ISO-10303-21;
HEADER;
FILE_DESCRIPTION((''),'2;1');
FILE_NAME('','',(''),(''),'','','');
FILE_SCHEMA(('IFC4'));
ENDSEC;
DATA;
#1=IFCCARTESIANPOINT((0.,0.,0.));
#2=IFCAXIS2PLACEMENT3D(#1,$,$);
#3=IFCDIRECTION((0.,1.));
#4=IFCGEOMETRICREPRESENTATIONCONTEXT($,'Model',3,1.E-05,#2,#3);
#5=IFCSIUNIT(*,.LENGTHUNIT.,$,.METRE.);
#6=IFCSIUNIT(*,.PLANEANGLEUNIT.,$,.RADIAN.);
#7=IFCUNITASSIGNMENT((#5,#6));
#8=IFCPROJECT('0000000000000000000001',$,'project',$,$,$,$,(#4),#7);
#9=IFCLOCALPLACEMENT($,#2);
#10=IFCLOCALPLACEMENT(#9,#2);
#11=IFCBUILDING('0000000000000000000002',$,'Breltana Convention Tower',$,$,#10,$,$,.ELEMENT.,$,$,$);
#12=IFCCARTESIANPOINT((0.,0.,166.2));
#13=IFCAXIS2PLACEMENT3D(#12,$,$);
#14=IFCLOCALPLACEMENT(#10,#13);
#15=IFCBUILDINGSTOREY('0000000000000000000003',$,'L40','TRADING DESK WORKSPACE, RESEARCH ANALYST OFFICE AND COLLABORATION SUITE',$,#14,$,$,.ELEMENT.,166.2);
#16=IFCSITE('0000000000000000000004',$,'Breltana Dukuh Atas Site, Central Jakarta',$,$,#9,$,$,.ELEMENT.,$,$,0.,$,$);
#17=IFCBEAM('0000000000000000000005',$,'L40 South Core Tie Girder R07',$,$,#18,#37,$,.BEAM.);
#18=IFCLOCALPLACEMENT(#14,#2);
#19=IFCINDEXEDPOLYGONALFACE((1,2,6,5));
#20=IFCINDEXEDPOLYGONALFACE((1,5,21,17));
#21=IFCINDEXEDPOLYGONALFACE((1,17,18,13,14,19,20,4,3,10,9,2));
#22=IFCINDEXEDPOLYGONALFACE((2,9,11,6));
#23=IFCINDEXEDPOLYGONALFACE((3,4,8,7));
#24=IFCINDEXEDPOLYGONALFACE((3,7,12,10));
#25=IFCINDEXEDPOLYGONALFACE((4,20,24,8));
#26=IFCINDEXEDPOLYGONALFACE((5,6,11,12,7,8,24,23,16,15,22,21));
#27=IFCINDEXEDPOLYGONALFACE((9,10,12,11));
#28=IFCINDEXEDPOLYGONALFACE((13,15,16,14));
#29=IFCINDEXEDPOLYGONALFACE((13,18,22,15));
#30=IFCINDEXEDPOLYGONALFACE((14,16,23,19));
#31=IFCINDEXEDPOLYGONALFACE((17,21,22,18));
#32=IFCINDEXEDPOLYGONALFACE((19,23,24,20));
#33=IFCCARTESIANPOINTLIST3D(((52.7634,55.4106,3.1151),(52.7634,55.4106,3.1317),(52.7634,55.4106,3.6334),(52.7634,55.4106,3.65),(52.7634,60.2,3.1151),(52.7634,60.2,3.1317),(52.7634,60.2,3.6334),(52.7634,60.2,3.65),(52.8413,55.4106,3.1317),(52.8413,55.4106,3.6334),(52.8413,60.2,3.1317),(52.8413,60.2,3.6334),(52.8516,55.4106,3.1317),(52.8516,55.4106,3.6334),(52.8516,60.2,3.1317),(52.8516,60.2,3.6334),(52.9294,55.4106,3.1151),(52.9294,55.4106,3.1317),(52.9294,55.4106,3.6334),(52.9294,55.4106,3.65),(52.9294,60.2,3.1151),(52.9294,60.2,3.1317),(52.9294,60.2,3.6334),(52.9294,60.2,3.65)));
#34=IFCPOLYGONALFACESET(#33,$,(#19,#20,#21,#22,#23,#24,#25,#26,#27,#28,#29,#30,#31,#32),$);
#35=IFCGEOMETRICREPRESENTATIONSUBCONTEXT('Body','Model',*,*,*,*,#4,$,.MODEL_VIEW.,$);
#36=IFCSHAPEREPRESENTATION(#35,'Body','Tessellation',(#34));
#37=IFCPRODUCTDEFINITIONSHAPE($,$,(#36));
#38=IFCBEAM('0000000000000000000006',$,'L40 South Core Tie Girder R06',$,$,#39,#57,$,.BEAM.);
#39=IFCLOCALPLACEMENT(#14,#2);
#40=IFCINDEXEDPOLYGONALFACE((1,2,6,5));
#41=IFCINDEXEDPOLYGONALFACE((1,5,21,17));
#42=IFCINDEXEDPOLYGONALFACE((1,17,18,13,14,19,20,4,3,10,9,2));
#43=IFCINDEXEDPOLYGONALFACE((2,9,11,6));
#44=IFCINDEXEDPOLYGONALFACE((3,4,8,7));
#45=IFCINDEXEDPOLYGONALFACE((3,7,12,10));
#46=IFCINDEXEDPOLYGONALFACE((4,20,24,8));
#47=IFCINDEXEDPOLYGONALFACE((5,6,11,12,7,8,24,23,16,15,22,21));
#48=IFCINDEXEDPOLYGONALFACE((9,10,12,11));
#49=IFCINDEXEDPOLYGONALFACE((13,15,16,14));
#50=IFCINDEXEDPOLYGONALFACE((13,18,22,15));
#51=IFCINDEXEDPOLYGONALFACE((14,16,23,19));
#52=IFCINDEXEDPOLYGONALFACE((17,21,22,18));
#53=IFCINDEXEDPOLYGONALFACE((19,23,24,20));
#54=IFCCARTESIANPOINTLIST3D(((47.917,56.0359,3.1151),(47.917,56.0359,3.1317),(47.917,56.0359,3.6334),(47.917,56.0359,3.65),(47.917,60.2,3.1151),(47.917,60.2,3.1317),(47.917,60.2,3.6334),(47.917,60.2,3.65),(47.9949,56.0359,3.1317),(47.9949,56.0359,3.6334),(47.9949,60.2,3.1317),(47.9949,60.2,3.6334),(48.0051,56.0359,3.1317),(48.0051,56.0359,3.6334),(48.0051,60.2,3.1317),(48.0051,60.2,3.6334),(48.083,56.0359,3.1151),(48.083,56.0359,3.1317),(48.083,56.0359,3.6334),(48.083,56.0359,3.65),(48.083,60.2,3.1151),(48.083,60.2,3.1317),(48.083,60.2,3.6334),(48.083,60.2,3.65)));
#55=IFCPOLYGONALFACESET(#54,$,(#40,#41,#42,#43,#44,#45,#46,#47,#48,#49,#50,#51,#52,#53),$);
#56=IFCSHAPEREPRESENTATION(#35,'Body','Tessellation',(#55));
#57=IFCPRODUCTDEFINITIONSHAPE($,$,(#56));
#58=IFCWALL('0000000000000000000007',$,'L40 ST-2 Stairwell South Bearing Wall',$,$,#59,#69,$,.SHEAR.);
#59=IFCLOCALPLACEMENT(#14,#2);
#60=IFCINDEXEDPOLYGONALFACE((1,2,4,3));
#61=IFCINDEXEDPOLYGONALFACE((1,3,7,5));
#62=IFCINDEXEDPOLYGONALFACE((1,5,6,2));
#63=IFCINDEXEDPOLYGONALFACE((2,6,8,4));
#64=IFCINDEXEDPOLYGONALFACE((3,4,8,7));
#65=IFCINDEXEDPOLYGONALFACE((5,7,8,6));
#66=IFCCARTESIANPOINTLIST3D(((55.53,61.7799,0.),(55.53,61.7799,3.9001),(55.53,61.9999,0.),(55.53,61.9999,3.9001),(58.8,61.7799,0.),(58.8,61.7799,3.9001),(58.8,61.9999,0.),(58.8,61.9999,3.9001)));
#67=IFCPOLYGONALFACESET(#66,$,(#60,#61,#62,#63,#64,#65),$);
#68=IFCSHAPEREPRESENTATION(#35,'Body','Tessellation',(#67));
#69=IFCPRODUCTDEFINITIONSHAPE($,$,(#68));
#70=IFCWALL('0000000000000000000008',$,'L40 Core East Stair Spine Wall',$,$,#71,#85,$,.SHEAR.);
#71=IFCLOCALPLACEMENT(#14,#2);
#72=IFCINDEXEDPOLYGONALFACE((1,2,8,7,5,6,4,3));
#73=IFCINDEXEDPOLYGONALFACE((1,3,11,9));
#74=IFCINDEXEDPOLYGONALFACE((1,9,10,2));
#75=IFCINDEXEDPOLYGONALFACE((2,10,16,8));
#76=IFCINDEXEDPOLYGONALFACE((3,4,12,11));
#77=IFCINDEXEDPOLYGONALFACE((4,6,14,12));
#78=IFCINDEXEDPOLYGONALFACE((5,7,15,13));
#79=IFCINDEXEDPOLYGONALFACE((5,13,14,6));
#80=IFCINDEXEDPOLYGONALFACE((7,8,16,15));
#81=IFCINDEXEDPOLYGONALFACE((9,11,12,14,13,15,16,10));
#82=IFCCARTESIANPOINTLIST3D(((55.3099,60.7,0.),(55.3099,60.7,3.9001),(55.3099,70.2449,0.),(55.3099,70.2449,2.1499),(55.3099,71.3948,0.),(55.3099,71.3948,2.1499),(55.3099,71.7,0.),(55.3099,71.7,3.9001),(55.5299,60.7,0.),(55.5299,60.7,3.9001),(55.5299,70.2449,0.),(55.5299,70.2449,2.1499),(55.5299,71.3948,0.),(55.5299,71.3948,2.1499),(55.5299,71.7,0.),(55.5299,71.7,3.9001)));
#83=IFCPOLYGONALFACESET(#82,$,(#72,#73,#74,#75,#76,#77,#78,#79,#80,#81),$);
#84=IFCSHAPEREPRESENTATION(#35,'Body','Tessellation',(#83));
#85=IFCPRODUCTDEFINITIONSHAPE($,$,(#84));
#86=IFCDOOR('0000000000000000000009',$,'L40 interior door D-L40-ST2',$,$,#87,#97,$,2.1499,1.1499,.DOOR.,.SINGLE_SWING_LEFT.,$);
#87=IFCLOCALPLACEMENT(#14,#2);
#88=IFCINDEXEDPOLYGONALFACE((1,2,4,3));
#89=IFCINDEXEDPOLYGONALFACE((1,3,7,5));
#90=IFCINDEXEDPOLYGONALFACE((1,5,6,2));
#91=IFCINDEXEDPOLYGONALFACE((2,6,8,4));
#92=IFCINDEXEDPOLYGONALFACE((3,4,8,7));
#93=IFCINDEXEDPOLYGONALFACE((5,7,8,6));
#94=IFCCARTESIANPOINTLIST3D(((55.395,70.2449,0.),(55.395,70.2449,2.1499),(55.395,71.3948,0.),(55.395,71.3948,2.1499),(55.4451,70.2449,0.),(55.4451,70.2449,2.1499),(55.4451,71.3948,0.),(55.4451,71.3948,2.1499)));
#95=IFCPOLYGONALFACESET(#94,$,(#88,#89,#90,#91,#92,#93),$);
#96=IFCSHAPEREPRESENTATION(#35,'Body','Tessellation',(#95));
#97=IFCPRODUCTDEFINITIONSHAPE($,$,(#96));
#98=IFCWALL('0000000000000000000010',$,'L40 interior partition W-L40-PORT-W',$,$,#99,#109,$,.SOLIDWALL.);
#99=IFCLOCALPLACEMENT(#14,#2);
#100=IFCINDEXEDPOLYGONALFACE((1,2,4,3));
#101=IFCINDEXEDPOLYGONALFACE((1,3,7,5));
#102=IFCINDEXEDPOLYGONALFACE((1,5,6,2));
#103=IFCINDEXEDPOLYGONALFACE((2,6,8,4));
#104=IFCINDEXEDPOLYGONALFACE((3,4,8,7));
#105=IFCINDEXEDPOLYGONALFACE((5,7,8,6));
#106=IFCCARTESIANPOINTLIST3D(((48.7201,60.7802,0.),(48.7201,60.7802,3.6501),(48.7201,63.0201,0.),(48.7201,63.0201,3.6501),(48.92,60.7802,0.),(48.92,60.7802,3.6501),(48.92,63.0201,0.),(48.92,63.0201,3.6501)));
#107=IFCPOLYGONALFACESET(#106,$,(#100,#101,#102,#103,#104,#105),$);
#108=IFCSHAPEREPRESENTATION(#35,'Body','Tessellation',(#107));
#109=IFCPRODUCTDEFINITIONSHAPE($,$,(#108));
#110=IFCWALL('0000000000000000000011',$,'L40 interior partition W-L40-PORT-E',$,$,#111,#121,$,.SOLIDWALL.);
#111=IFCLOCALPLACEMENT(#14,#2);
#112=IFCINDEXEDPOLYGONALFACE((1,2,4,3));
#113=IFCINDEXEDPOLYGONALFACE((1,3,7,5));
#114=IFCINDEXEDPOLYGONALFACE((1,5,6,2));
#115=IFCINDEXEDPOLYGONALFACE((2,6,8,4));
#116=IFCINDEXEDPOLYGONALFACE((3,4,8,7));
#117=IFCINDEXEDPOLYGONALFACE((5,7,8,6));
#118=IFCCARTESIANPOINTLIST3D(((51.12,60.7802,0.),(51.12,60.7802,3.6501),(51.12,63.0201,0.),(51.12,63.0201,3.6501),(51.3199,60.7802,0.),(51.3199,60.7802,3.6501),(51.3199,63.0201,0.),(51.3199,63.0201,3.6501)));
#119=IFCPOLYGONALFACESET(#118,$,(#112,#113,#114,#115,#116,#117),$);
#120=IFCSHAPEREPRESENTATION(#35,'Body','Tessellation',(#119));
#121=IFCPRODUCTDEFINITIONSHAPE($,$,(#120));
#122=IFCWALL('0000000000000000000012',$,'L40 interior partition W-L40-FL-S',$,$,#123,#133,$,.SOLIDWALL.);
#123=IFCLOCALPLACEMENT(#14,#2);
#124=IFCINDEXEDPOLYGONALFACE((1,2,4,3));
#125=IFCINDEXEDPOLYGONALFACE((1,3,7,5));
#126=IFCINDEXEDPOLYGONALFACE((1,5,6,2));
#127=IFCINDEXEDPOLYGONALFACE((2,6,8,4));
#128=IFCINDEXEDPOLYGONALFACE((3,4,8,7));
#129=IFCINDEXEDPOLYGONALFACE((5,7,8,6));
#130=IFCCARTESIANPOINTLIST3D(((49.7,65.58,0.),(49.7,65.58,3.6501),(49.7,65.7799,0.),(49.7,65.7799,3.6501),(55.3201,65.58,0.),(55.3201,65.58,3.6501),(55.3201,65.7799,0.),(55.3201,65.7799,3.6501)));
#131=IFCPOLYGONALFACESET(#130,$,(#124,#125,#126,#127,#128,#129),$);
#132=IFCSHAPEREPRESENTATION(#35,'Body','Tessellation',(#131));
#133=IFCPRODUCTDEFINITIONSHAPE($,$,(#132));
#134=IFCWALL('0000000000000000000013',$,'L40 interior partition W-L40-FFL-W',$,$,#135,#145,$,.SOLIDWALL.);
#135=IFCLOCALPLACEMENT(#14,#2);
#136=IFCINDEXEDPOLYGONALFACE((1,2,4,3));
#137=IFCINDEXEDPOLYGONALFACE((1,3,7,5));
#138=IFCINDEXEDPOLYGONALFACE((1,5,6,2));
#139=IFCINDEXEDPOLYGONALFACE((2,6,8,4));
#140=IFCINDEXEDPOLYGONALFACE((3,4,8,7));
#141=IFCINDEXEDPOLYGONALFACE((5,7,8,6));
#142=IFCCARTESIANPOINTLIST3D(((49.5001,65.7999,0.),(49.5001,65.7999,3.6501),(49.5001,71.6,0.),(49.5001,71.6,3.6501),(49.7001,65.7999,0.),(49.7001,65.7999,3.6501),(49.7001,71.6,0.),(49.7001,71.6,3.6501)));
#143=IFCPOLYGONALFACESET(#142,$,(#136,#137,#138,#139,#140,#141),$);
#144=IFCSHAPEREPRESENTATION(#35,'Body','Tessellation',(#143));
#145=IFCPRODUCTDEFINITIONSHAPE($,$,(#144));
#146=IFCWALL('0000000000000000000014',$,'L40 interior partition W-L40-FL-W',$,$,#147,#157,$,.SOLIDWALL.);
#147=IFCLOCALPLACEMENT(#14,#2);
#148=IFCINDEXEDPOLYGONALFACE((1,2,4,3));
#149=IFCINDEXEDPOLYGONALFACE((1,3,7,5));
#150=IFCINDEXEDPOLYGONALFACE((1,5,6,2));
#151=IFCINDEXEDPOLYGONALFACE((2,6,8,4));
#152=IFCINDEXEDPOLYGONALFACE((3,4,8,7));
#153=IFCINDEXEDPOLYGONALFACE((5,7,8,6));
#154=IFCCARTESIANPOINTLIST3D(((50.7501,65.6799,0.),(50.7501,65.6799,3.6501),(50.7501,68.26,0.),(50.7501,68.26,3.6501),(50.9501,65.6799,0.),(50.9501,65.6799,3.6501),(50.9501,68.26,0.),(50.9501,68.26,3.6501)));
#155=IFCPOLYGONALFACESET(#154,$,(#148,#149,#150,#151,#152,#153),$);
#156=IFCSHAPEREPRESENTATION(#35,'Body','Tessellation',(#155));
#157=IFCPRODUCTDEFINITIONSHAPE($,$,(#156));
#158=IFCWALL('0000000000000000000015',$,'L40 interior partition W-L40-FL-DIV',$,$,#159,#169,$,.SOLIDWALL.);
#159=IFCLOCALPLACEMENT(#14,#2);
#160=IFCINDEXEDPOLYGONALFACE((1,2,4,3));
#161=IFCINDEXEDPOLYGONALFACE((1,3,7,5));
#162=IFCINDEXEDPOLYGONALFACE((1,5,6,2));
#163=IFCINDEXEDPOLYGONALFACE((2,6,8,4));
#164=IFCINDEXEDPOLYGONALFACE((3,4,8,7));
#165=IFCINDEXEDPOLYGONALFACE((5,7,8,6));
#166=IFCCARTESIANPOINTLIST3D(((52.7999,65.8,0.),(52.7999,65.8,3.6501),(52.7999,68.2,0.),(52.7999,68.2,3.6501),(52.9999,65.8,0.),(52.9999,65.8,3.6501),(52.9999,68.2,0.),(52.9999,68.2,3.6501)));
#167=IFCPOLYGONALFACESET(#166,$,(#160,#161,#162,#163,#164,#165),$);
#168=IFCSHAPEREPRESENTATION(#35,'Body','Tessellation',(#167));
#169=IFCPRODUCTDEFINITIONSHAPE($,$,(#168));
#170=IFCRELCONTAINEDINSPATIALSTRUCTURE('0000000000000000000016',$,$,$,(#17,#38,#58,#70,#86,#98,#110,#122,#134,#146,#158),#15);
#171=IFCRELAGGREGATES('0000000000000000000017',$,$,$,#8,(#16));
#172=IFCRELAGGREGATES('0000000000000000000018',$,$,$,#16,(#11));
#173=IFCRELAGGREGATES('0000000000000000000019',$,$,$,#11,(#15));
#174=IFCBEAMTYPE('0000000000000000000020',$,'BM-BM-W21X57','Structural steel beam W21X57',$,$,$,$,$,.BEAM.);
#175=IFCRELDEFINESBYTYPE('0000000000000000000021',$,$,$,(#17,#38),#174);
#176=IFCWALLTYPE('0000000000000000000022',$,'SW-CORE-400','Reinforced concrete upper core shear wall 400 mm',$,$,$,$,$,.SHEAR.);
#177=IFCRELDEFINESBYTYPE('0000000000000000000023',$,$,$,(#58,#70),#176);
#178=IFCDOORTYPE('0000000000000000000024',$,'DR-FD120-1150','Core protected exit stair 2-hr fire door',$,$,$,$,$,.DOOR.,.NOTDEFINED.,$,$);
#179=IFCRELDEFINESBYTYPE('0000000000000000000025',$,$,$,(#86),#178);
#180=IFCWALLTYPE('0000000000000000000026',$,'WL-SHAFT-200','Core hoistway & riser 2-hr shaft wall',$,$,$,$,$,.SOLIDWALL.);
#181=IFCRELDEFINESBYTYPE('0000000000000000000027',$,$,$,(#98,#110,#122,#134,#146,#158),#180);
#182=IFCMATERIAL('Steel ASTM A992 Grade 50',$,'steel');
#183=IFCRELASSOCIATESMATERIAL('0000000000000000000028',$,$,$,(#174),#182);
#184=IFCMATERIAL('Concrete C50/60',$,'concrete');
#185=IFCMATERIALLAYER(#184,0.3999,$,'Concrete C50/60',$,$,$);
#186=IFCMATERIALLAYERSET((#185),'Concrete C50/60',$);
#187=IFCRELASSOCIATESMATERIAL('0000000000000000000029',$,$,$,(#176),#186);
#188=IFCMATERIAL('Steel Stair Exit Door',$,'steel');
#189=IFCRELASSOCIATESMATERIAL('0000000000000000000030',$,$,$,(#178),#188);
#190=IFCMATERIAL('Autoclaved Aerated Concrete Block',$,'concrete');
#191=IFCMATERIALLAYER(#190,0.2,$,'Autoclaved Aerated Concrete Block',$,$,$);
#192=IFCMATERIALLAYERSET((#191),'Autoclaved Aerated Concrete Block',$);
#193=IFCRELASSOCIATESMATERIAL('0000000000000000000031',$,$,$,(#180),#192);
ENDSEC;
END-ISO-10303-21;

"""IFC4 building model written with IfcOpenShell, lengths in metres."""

from ifc_helpers import new_model, si_unit, direction, frame, frame_2d, origin, origin_2d, place, context, subcontext, project, spatial, rectangle, i_section, extrude, source, transform, mapped, material, layer, layer_set, material_profile, profile_set, type_object, type_shapes, element, fill, save


model = new_model("IFC4")

# Units and contexts
model_context = context("Model", 3, precision=1e-05, world=origin(), true_north=direction((0.0, 1.0)))
body_context = subcontext(model_context, "Body", "Model", "MODEL_VIEW")
ifc_project = project(units=[si_unit("LENGTHUNIT", "METRE"), si_unit("PLANEANGLEUNIT", "RADIAN")], contexts=[model_context])

# Site, building, storey
site_placement = place(None, origin())
site = spatial("IfcSite", under=ifc_project, at=site_placement, Name="Breltana Dukuh Atas Site, Central Jakarta", CompositionType="ELEMENT", RefElevation=0.0)
building_placement = place(site_placement, origin())
building = spatial("IfcBuilding", under=site, at=building_placement, Name="Breltana Convention Tower", CompositionType="ELEMENT")
storey_placement = place(building_placement, frame((0.0, 0.0, 166.2)))
storey = spatial("IfcBuildingStorey", under=building, at=storey_placement, Name="L40", Description="TRADING DESK WORKSPACE, RESEARCH ANALYST OFFICE AND COLLABORATION SUITE", CompositionType="ELEMENT", Elevation=166.2)

# Beams
ifc_material_1 = material(Name="Steel ASTM A992 Grade 50", Category="steel")
ifc_material_profile = material_profile(ifc_material_1, i_section(OverallWidth=0.166, OverallDepth=0.5349, WebThickness=0.0103, FlangeThickness=0.0166, at=origin_2d()), Name="W21X57")
ifc_profile_set = profile_set([ifc_material_profile], Name="Steel ASTM A992 Grade 50")
beam_type = type_object("IfcBeamType", Name="BM-BM-W21X57", Description="Structural steel beam W21X57", PredefinedType="BEAM", material=ifc_profile_set)
shared_shape_1 = source(origin(), body_context, "Body", "SweptSolid", [
    extrude(i_section(OverallWidth=0.166, OverallDepth=0.5349, WebThickness=0.0103, FlangeThickness=0.0166, at=origin_2d()), origin(), (0.0, 0.0, 1.0), 4.7893),
])
beam_1_placement = place(storey_placement, frame((52.8464, 60.2, 3.3826), z_axis=(0.0, -1.0, 0.0), x_axis=(1.0, 0.0, 0.0)))
element("IfcBeam", 1, at=beam_1_placement, inside=storey, type_object=beam_type, Name="L40 South Core Tie Girder R07", PredefinedType="BEAM", context=body_context, shape_type="MappedRepresentation", body=[
    mapped(shared_shape_1, transform((0.0, 0.0, 0.0), scale=1.0)),
])
shared_shape_2 = source(origin(), body_context, "Body", "SweptSolid", [
    extrude(i_section(OverallWidth=0.166, OverallDepth=0.5349, WebThickness=0.0103, FlangeThickness=0.0166, at=origin_2d()), origin(), (0.0, 0.0, 1.0), 4.1641),
])
beam_2_placement = place(storey_placement, frame((48.0, 60.2, 3.3826), z_axis=(0.0, -1.0, 0.0), x_axis=(1.0, 0.0, 0.0)))
element("IfcBeam", 2, at=beam_2_placement, inside=storey, type_object=beam_type, Name="L40 South Core Tie Girder R06", PredefinedType="BEAM", context=body_context, shape_type="MappedRepresentation", body=[
    mapped(shared_shape_2, transform((0.0, 0.0, 0.0), scale=1.0)),
])

# Wall
ifc_material_2 = material(Name="Concrete C50/60", Category="concrete")
ifc_layer_1 = layer(ifc_material_2, 0.3999, Name="Concrete C50/60")
ifc_layer_set_1 = layer_set([ifc_layer_1], Name="Concrete C50/60")
wall_type_1 = type_object("IfcWallType", Name="SW-CORE-400", Description="Reinforced concrete upper core shear wall 400 mm", PredefinedType="SHEAR", material=ifc_layer_set_1)
shared_shape_3 = source(origin(), body_context, "Body", "SweptSolid", [
    extrude(rectangle(XDim=3.27, YDim=0.22, at=frame_2d((1.635, 0.0))), origin(), (0.0, 0.0, 1.0), 3.9001),
])
wall_1_placement = place(storey_placement, frame((55.53, 61.8899, 0.0), z_axis=(0.0, 0.0, 1.0), x_axis=(1.0, 0.0, 0.0)))
element("IfcWall", 3, at=wall_1_placement, inside=storey, type_object=wall_type_1, Name="L40 ST-2 Stairwell South Bearing Wall", PredefinedType="SHEAR", context=body_context, shape_type="MappedRepresentation", body=[
    mapped(shared_shape_3, transform((0.0, 0.0, 0.0), scale=1.0)),
])

# Wall, opening, door
shared_shape_4 = source(origin(), body_context, "Body", "SweptSolid", [
    extrude(rectangle(XDim=11.0, YDim=0.22, at=frame_2d((5.5, 0.0))), origin(), (0.0, 0.0, 1.0), 3.9001),
])
wall_2_placement = place(storey_placement, frame((55.4199, 60.7, 0.0), z_axis=(0.0, 0.0, 1.0), x_axis=(0.0, 1.0, 0.0)))
wall_2 = element("IfcWall", 4, at=wall_2_placement, inside=storey, type_object=wall_type_1, Name="L40 Core East Stair Spine Wall", PredefinedType="SHEAR", context=body_context, shape_type="MappedRepresentation", body=[
    mapped(shared_shape_4, transform((0.0, 0.0, 0.0), scale=1.0)),
])
opening_1_placement = place(wall_2_placement, frame((9.5449, 0.0, 0.0)))
opening_1 = element("IfcOpeningElement", 5, at=opening_1_placement, cuts=wall_2, PredefinedType="OPENING", context=body_context, shape_type="SweptSolid", body=[
    extrude(rectangle(XDim=1.1499, YDim=2.1499, at=frame_2d((0.575, 1.075))), frame((0.0, 0.1201, 0.0), z_axis=(0.0, -1.0, 0.0), x_axis=(1.0, 0.0, 0.0)), (0.0, 0.0, 1.0), 0.24),
])
ifc_material_3 = material(Name="Steel Stair Exit Door", Category="steel")
door_type_1 = type_object("IfcDoorType", Name="DR-FD120-1150", Description="Core protected exit stair 2-hr fire door", OperationType="NOTDEFINED", PredefinedType="DOOR", material=ifc_material_3)
shared_shape_5 = source(origin(), body_context, "Body", "SweptSolid", [
    extrude(rectangle(XDim=1.1499, YDim=2.1499, at=frame_2d((0.575, 1.075))), frame((0.0, 0.0249, 0.0), z_axis=(0.0, -1.0, 0.0), x_axis=(1.0, 0.0, 0.0)), (0.0, 0.0, 1.0), 0.05),
])
type_shapes(door_type_1, [shared_shape_5])
door_1_placement = place(opening_1_placement, origin())
door_1 = element("IfcDoor", 6, at=door_1_placement, inside=storey, type_object=door_type_1, Name="L40 interior door D-L40-ST2", OperationType="SINGLE_SWING_LEFT", OverallHeight=2.1499, OverallWidth=1.1499, PredefinedType="DOOR", context=body_context, shape_type="MappedRepresentation", body=[
    mapped(shared_shape_5, transform((0.0, 0.0, 0.0), scale=1.0)),
])
fill(opening_1, door_1)

# Walls
ifc_material_4 = material(Name="Autoclaved Aerated Concrete Block", Category="concrete")
ifc_layer_2 = layer(ifc_material_4, 0.2, Name="Autoclaved Aerated Concrete Block")
ifc_layer_set_2 = layer_set([ifc_layer_2], Name="Autoclaved Aerated Concrete Block")
wall_type_2 = type_object("IfcWallType", Name="WL-SHAFT-200", Description="Core hoistway & riser 2-hr shaft wall", PredefinedType="SOLIDWALL", material=ifc_layer_set_2)
shared_shape_6 = source(origin(), body_context, "Body", "SweptSolid", [
    extrude(rectangle(XDim=2.24, YDim=0.2, at=frame_2d((1.1201, 0.0))), origin(), (0.0, 0.0, 1.0), 3.6501),
])
for number, where, z_axis, x_axis, name in (
    (7, (48.8201, 60.78, 0.0), (0.0, 0.0, 1.0), (0.0, 1.0, 0.0), "L40 interior partition W-L40-PORT-W"),
    (8, (51.22, 60.78, 0.0), (0.0, 0.0, 1.0), (0.0, 1.0, 0.0), "L40 interior partition W-L40-PORT-E"),
):
    element("IfcWall", number, at=place(storey_placement, frame(where, z_axis=z_axis, x_axis=x_axis)), inside=storey, type_object=wall_type_2, Name=name, PredefinedType="SOLIDWALL", context=body_context, shape_type="MappedRepresentation", body=[
        mapped(shared_shape_6, transform((0.0, 0.0, 0.0), scale=1.0)),
    ])
shared_shape_7 = source(origin(), body_context, "Body", "SweptSolid", [
    extrude(rectangle(XDim=5.6201, YDim=0.2, at=frame_2d((2.8101, 0.0))), origin(), (0.0, 0.0, 1.0), 3.6501),
])
wall_3_placement = place(storey_placement, frame((49.7, 65.6799, 0.0), z_axis=(0.0, 0.0, 1.0), x_axis=(1.0, 0.0, 0.0)))
element("IfcWall", 9, at=wall_3_placement, inside=storey, type_object=wall_type_2, Name="L40 interior partition W-L40-FL-S", PredefinedType="SOLIDWALL", context=body_context, shape_type="MappedRepresentation", body=[
    mapped(shared_shape_7, transform((0.0, 0.0, 0.0), scale=1.0)),
])
shared_shape_8 = source(origin(), body_context, "Body", "SweptSolid", [
    extrude(rectangle(XDim=5.8, YDim=0.2, at=frame_2d((2.8999, 0.0))), origin(), (0.0, 0.0, 1.0), 3.6501),
])
wall_4_placement = place(storey_placement, frame((49.6001, 65.8, 0.0), z_axis=(0.0, 0.0, 1.0), x_axis=(0.0, 1.0, 0.0)))
element("IfcWall", 10, at=wall_4_placement, inside=storey, type_object=wall_type_2, Name="L40 interior partition W-L40-FFL-W", PredefinedType="SOLIDWALL", context=body_context, shape_type="MappedRepresentation", body=[
    mapped(shared_shape_8, transform((0.0, 0.0, 0.0), scale=1.0)),
])
shared_shape_9 = source(origin(), body_context, "Body", "SweptSolid", [
    extrude(rectangle(XDim=2.5801, YDim=0.2, at=frame_2d((1.29, 0.0))), origin(), (0.0, 0.0, 1.0), 3.6501),
])
wall_5_placement = place(storey_placement, frame((50.8501, 65.6799, 0.0), z_axis=(0.0, 0.0, 1.0), x_axis=(0.0, 1.0, 0.0)))
element("IfcWall", 11, at=wall_5_placement, inside=storey, type_object=wall_type_2, Name="L40 interior partition W-L40-FL-W", PredefinedType="SOLIDWALL", context=body_context, shape_type="MappedRepresentation", body=[
    mapped(shared_shape_9, transform((0.0, 0.0, 0.0), scale=1.0)),
])
shared_shape_10 = source(origin(), body_context, "Body", "SweptSolid", [
    extrude(rectangle(XDim=2.3999, YDim=0.2, at=frame_2d((1.2, 0.0))), origin(), (0.0, 0.0, 1.0), 3.6501),
])
for number, where, z_axis, x_axis, name in (
    (12, (52.8999, 65.8, 0.0), (0.0, 0.0, 1.0), (0.0, 1.0, 0.0), "L40 interior partition W-L40-FL-DIV"),
):
    element("IfcWall", number, at=place(storey_placement, frame(where, z_axis=z_axis, x_axis=x_axis)), inside=storey, type_object=wall_type_2, Name=name, PredefinedType="SOLIDWALL", context=body_context, shape_type="MappedRepresentation", body=[
        mapped(shared_shape_10, transform((0.0, 0.0, 0.0), scale=1.0)),
    ])

save(model, "model.ifc")
